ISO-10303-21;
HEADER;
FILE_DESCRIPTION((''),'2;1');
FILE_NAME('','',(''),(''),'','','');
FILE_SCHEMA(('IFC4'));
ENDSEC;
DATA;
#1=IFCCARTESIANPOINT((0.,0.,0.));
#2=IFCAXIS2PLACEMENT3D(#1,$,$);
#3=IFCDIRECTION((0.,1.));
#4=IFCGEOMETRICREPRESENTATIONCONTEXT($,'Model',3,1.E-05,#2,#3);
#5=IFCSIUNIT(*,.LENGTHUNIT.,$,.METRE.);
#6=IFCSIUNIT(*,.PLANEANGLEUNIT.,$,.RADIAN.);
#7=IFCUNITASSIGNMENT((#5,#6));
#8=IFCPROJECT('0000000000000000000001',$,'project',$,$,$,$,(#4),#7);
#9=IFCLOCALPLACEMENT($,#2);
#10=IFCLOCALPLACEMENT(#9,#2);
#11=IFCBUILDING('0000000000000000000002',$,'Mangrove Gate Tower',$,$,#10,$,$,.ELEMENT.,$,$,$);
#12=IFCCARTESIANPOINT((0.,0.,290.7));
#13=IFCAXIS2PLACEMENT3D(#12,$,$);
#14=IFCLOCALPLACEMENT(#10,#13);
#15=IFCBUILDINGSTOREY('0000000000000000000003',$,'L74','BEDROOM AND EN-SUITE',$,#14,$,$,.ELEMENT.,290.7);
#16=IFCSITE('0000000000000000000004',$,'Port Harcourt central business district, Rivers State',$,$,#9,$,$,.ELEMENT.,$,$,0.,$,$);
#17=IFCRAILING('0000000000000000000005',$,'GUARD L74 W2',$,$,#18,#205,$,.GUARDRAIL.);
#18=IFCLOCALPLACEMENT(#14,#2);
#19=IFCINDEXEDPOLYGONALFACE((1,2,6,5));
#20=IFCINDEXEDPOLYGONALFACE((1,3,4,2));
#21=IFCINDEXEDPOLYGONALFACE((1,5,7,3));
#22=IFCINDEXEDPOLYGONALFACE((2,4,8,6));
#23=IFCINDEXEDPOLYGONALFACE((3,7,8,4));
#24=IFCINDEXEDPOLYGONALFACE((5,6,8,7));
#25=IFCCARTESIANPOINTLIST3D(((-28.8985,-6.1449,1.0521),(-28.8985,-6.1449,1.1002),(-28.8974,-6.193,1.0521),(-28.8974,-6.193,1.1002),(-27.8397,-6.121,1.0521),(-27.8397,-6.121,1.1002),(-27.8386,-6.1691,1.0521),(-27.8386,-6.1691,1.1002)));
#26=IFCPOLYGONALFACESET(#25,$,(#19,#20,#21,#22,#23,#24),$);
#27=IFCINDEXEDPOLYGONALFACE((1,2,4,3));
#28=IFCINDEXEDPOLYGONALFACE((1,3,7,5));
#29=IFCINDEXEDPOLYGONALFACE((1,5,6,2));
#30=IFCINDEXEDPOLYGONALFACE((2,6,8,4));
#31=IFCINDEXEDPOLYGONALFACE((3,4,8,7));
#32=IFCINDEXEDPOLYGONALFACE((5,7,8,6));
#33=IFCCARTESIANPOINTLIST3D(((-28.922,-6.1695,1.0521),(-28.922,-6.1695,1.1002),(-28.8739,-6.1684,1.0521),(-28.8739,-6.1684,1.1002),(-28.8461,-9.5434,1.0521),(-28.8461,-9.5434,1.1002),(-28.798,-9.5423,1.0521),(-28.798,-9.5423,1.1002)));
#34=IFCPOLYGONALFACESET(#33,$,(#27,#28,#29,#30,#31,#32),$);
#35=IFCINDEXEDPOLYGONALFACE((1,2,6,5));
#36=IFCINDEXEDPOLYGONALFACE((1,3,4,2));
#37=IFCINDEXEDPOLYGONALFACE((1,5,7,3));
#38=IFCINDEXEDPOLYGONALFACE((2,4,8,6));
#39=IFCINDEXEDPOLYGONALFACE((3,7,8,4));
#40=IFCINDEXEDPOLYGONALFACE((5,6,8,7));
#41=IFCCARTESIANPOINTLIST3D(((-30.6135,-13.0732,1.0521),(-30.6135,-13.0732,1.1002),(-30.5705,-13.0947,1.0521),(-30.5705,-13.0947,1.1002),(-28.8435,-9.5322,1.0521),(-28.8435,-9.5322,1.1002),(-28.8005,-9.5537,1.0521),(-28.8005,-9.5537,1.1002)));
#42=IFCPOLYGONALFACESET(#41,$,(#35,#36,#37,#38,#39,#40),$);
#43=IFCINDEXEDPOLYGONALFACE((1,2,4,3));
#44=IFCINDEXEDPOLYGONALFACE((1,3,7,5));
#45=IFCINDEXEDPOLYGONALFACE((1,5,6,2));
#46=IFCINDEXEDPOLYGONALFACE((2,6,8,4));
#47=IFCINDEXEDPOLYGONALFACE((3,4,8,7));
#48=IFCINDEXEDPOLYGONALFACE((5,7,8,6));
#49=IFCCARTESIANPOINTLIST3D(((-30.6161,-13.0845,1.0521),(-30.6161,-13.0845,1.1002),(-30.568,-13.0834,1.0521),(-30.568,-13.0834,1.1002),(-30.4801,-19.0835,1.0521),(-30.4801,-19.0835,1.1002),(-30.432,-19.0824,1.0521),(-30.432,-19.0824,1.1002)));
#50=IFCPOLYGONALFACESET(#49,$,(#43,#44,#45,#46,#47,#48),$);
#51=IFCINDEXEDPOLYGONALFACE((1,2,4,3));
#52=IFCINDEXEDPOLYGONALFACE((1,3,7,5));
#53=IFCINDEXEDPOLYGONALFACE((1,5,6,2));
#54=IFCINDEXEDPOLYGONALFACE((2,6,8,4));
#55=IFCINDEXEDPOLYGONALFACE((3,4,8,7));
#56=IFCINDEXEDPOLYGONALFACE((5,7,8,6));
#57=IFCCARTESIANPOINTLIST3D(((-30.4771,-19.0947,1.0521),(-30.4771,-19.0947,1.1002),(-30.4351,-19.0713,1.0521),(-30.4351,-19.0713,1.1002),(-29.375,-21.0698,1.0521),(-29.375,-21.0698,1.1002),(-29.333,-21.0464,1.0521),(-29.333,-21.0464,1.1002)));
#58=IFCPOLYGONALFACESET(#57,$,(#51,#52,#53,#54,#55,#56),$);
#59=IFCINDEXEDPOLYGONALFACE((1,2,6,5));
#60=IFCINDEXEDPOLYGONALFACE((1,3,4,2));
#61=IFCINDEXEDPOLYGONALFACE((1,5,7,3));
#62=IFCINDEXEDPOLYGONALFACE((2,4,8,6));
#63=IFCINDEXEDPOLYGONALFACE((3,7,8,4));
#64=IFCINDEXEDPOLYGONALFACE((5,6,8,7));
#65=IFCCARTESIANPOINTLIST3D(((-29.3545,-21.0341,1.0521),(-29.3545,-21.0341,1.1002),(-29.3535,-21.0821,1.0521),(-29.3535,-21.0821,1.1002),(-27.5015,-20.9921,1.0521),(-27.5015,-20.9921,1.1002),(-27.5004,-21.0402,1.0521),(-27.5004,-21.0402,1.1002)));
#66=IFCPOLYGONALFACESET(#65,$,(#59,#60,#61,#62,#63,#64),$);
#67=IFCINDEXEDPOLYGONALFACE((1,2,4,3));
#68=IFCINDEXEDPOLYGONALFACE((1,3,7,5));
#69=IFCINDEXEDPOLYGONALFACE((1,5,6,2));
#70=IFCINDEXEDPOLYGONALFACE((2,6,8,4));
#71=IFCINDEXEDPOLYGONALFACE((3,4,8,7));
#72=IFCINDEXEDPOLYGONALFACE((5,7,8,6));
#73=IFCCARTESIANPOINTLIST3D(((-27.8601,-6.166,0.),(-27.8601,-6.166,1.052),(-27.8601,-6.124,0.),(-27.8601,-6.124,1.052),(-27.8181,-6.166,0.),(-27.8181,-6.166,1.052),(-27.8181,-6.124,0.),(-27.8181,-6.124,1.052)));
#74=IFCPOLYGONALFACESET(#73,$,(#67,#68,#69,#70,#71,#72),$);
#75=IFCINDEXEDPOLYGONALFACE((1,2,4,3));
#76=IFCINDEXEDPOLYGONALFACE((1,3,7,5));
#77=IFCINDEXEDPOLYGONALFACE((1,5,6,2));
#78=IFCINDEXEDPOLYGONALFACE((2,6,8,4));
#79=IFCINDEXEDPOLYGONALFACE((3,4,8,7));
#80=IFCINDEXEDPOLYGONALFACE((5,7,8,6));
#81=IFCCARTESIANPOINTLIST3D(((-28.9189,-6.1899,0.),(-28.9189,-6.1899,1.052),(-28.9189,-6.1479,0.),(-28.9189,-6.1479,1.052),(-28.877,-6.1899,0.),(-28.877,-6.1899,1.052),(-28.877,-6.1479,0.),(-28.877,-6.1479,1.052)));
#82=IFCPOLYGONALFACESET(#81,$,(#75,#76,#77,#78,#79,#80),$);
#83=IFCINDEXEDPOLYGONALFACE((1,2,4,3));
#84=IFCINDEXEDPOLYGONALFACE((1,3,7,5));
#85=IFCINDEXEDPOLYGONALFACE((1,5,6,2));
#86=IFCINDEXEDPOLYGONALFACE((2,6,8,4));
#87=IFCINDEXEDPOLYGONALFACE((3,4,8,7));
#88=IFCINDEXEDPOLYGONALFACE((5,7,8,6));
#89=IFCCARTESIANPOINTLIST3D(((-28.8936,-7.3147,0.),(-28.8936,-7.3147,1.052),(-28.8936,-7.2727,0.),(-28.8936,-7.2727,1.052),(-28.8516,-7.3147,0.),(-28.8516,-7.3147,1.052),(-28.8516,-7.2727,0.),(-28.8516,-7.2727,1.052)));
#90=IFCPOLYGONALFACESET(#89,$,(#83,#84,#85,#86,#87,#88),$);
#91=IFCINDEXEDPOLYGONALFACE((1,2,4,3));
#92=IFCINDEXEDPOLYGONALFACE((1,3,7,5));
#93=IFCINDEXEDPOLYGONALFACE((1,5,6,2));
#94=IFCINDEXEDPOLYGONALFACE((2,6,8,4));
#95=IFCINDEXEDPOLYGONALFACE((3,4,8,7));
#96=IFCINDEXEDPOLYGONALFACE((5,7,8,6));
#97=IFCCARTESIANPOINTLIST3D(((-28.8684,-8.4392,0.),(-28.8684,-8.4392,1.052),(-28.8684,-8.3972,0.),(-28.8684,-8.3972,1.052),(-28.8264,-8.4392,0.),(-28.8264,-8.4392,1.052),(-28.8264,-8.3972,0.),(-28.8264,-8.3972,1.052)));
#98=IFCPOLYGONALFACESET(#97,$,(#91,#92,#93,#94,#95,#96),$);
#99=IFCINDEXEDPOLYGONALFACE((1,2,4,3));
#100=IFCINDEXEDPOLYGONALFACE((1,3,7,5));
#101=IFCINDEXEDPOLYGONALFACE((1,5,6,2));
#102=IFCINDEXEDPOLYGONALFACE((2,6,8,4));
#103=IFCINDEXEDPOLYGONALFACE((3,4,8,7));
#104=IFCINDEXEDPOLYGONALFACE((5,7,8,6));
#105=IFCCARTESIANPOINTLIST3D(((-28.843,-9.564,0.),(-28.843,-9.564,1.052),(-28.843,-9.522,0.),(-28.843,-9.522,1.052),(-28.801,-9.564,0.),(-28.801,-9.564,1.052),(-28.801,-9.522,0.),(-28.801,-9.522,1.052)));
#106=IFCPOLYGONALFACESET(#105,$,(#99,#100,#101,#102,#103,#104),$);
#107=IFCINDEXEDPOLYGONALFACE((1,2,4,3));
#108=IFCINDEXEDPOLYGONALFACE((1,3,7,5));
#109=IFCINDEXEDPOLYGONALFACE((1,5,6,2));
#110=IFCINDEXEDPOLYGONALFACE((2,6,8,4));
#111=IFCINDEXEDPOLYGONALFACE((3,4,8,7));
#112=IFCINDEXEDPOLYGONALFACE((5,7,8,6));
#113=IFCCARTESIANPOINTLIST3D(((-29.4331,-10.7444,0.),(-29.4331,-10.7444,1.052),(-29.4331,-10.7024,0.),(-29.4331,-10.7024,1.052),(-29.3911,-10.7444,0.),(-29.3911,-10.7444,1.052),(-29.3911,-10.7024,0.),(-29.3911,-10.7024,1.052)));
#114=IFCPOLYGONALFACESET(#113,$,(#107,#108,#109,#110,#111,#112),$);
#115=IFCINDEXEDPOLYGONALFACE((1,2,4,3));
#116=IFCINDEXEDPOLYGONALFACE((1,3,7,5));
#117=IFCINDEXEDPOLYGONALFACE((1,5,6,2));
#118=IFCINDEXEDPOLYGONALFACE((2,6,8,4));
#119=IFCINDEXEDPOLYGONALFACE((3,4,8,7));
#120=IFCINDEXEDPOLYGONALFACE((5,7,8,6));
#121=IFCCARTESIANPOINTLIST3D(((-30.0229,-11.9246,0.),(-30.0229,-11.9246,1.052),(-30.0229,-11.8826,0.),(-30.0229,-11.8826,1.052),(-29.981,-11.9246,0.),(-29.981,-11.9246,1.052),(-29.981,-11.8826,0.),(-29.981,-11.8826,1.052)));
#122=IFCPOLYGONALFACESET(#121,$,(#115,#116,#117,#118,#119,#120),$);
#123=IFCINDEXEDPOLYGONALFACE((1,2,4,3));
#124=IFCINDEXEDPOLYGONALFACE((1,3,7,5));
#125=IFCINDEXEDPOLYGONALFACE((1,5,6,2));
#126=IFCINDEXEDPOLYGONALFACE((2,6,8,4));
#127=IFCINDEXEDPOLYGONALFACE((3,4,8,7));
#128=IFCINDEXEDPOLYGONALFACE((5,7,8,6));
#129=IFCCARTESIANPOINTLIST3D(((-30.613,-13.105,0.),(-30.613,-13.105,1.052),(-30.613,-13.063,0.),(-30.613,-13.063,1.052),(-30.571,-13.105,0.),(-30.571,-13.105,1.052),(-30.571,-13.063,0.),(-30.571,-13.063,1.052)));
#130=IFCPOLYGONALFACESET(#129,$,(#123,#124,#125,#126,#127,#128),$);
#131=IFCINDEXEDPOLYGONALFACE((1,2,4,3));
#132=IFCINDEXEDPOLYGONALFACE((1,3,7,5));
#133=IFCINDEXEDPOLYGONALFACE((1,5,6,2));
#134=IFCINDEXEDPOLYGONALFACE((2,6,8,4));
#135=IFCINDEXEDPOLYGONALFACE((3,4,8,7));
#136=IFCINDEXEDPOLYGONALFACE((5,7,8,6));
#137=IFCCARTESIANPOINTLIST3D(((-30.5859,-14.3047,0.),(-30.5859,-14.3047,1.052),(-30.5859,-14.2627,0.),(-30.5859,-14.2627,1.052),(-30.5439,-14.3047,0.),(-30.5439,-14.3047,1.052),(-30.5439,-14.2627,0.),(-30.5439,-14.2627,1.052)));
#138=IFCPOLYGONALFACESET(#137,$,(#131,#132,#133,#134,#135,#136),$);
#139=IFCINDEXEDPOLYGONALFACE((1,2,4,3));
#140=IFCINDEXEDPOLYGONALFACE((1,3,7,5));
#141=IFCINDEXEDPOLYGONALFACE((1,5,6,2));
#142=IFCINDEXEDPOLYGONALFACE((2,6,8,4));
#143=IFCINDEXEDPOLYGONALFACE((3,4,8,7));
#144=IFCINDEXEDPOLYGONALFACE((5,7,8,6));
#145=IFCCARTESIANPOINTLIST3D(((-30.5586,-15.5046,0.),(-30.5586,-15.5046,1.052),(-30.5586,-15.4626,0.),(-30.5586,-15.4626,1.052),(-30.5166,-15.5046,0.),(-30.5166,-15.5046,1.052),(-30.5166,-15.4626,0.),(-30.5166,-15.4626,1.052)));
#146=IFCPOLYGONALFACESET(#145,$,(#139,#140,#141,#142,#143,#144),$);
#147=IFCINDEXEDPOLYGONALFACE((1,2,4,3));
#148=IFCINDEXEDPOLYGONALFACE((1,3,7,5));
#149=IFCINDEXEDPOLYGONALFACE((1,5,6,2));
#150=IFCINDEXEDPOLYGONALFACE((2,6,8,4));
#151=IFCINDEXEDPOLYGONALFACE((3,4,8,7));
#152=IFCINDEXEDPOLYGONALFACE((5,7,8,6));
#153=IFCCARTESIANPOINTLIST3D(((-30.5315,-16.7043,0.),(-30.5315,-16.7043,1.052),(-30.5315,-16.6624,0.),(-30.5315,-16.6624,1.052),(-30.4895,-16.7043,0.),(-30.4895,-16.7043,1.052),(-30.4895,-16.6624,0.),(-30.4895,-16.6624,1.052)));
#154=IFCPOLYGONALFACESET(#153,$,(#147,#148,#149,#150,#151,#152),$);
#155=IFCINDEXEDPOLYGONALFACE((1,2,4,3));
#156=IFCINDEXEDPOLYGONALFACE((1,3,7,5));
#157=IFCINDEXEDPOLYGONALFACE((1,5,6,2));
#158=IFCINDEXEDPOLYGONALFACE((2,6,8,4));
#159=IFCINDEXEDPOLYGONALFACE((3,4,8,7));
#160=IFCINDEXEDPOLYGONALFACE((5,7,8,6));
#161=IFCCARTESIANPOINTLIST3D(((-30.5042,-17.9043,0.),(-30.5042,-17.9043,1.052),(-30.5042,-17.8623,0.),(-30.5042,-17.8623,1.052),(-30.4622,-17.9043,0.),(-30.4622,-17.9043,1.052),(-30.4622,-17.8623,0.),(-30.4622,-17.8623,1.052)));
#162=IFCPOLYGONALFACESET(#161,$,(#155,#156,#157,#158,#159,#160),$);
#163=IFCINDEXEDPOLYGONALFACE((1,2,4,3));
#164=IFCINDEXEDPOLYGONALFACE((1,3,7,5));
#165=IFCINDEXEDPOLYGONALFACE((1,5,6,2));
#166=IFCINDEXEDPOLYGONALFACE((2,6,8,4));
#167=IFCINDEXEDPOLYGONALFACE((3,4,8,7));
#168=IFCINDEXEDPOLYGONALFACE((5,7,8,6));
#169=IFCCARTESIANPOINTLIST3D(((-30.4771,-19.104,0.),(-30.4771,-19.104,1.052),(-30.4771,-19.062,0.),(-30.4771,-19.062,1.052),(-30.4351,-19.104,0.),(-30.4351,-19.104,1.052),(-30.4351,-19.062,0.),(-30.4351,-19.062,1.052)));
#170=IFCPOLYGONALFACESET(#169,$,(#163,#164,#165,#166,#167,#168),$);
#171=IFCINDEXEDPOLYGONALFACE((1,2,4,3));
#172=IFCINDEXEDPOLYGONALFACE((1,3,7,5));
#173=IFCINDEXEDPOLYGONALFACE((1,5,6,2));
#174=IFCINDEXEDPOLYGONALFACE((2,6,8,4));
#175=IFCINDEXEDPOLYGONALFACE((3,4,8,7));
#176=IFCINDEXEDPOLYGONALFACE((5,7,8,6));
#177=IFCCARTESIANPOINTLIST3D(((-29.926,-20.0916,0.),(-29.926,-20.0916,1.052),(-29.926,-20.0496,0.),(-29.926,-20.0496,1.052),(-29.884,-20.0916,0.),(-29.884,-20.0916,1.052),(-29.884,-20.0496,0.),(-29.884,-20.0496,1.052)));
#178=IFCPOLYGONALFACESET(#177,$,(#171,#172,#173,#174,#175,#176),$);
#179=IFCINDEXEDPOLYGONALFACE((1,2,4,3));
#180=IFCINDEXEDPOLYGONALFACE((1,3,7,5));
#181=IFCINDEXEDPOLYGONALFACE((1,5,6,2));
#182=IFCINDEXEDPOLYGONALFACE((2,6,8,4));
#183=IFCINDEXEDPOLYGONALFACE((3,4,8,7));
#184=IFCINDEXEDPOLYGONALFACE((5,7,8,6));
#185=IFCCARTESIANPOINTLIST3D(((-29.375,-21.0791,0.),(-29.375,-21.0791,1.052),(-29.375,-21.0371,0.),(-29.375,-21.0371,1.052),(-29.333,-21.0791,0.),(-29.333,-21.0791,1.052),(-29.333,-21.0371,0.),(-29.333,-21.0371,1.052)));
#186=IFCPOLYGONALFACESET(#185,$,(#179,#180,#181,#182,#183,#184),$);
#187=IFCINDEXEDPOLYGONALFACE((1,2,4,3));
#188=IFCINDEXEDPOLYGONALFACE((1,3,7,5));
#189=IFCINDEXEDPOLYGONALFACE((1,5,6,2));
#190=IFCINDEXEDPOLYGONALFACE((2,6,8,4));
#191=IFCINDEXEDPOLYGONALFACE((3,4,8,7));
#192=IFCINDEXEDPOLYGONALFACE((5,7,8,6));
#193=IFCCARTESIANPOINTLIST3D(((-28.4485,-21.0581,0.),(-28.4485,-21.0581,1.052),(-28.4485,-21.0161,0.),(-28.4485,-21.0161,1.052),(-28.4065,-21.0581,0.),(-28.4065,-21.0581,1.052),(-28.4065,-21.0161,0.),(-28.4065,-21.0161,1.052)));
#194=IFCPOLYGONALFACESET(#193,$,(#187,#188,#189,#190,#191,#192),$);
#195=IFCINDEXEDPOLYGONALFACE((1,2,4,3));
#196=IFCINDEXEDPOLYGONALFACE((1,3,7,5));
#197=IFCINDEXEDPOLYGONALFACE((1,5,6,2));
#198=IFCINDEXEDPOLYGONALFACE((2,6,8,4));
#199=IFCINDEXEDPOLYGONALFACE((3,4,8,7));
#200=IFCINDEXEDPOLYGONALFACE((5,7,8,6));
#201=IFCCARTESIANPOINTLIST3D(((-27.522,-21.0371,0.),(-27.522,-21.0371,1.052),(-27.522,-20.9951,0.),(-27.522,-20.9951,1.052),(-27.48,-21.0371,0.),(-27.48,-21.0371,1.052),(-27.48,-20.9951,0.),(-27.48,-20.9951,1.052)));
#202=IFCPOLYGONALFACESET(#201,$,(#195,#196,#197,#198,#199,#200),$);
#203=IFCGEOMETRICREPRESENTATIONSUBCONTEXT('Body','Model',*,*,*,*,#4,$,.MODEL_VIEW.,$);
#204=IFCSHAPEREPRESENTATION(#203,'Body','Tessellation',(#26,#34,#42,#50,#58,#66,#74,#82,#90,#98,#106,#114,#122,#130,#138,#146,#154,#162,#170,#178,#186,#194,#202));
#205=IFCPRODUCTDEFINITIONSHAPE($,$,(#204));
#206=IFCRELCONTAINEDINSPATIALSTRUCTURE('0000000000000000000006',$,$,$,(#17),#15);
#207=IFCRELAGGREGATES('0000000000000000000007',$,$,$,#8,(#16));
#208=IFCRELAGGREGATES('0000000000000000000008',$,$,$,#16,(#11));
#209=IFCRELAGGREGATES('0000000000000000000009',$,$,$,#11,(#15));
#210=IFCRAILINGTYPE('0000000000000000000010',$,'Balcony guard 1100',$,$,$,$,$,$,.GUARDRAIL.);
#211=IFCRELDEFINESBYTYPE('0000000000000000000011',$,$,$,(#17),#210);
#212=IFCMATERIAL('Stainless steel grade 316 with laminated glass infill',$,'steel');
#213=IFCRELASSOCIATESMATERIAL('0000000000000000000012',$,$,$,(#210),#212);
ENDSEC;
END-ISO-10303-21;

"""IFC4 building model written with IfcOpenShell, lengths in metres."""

from ifc_helpers import new_model, si_unit, direction, frame, origin, origin_2d, place, context, subcontext, project, spatial, rectangle, extrude, material, type_object, element, save


model = new_model("IFC4")

# Units and contexts
model_context = context("Model", 3, precision=1e-05, world=origin(), true_north=direction((0.0, 1.0)))
body_context = subcontext(model_context, "Body", "Model", "MODEL_VIEW")
ifc_project = project(units=[si_unit("LENGTHUNIT", "METRE"), si_unit("PLANEANGLEUNIT", "RADIAN")], contexts=[model_context])

# Site, building, storey
site_placement = place(None, origin())
site = spatial("IfcSite", under=ifc_project, at=site_placement, Name="Port Harcourt central business district, Rivers State", CompositionType="ELEMENT", RefElevation=0.0)
building_placement = place(site_placement, origin())
building = spatial("IfcBuilding", under=site, at=building_placement, Name="Mangrove Gate Tower", CompositionType="ELEMENT")
storey_placement = place(building_placement, frame((0.0, 0.0, 290.7)))
storey = spatial("IfcBuildingStorey", under=building, at=storey_placement, Name="L74", Description="BEDROOM AND EN-SUITE", CompositionType="ELEMENT", Elevation=290.7)

# Railing
ifc_material_1 = material(Name="Stainless steel grade 316 with laminated glass infill", Category="steel")
railing_type = type_object("IfcRailingType", Name="Balcony guard 1100", PredefinedType="GUARDRAIL", material=ifc_material_1)
railing_placement = place(storey_placement, frame((-27.8391, -6.145, 0.0)))
element("IfcRailing", 1, at=railing_placement, inside=storey, type_object=railing_type, Name="GUARD L74 W2", PredefinedType="GUARDRAIL", context=body_context, shape_type="SweptSolid", body=[
    extrude(rectangle(XDim=0.0481, YDim=0.0481, at=origin_2d()), frame((0.0, 0.0, 1.0762), z_axis=(-0.999745, -0.02259, 0.0), x_axis=(0.02259, -0.999745, 0.0)), (0.0, 0.0, 1.0), 1.0591),
    extrude(rectangle(XDim=0.0481, YDim=0.0481, at=origin_2d()), frame((-1.0588, -0.0239, 1.0762), z_axis=(0.022498, -0.999747, 0.0), x_axis=(0.999747, 0.022498, 0.0)), (0.0, 0.0, 1.0), 3.3748),
    extrude(rectangle(XDim=0.0481, YDim=0.0481, at=origin_2d()), frame((-0.9829, -3.3979, 1.0762), z_axis=(-0.447115, -0.894477, 0.0), x_axis=(0.894477, -0.447115, 0.0)), (0.0, 0.0, 1.0), 3.9587),
    extrude(rectangle(XDim=0.0481, YDim=0.0481, at=origin_2d()), frame((-2.7529, -6.939, 1.0762), z_axis=(0.022662, -0.999743, 0.0), x_axis=(0.999743, 0.022662, 0.0)), (0.0, 0.0, 1.0), 6.0005),
    extrude(rectangle(XDim=0.0481, YDim=0.0481, at=origin_2d()), frame((-2.6169, -12.938, 1.0762), z_axis=(0.487255, -0.87326, 0.0), x_axis=(0.87326, 0.487255, 0.0)), (0.0, 0.0, 1.0), 2.2617),
    extrude(rectangle(XDim=0.0481, YDim=0.0481, at=origin_2d()), frame((-1.5149, -14.9131, 1.0762), z_axis=(0.999743, 0.022656, 0.0), x_axis=(-0.022656, 0.999743, 0.0)), (0.0, 0.0, 1.0), 1.8535),
    extrude(rectangle(XDim=0.042, YDim=0.042, at=origin_2d()), origin(), (0.0, 0.0, 1.0), 1.052),
    extrude(rectangle(XDim=0.042, YDim=0.042, at=origin_2d()), frame((-1.0588, -0.0239, 0.0)), (0.0, 0.0, 1.0), 1.052),
    extrude(rectangle(XDim=0.042, YDim=0.042, at=origin_2d()), frame((-1.0334, -1.1487, 0.0)), (0.0, 0.0, 1.0), 1.052),
    extrude(rectangle(XDim=0.042, YDim=0.042, at=origin_2d()), frame((-1.0083, -2.2732, 0.0)), (0.0, 0.0, 1.0), 1.052),
    extrude(rectangle(XDim=0.042, YDim=0.042, at=origin_2d()), frame((-0.9829, -3.3979, 0.0)), (0.0, 0.0, 1.0), 1.052),
    extrude(rectangle(XDim=0.042, YDim=0.042, at=origin_2d()), frame((-1.573, -4.5784, 0.0)), (0.0, 0.0, 1.0), 1.052),
    extrude(rectangle(XDim=0.042, YDim=0.042, at=origin_2d()), frame((-2.1628, -5.7585, 0.0)), (0.0, 0.0, 1.0), 1.052),
    extrude(rectangle(XDim=0.042, YDim=0.042, at=origin_2d()), frame((-2.7529, -6.939, 0.0)), (0.0, 0.0, 1.0), 1.052),
    extrude(rectangle(XDim=0.042, YDim=0.042, at=origin_2d()), frame((-2.7258, -8.1387, 0.0)), (0.0, 0.0, 1.0), 1.052),
    extrude(rectangle(XDim=0.042, YDim=0.042, at=origin_2d()), frame((-2.6985, -9.3386, 0.0)), (0.0, 0.0, 1.0), 1.052),
    extrude(rectangle(XDim=0.042, YDim=0.042, at=origin_2d()), frame((-2.6714, -10.5383, 0.0)), (0.0, 0.0, 1.0), 1.052),
    extrude(rectangle(XDim=0.042, YDim=0.042, at=origin_2d()), frame((-2.644, -11.7383, 0.0)), (0.0, 0.0, 1.0), 1.052),
    extrude(rectangle(XDim=0.042, YDim=0.042, at=origin_2d()), frame((-2.6169, -12.938, 0.0)), (0.0, 0.0, 1.0), 1.052),
    extrude(rectangle(XDim=0.042, YDim=0.042, at=origin_2d()), frame((-2.0659, -13.9255, 0.0)), (0.0, 0.0, 1.0), 1.052),
    extrude(rectangle(XDim=0.042, YDim=0.042, at=origin_2d()), frame((-1.5149, -14.9131, 0.0)), (0.0, 0.0, 1.0), 1.052),
    extrude(rectangle(XDim=0.042, YDim=0.042, at=origin_2d()), frame((-0.5884, -14.8921, 0.0)), (0.0, 0.0, 1.0), 1.052),
    extrude(rectangle(XDim=0.042, YDim=0.042, at=origin_2d()), frame((0.3381, -14.8711, 0.0)), (0.0, 0.0, 1.0), 1.052),
])

save(model, "model.ifc")
